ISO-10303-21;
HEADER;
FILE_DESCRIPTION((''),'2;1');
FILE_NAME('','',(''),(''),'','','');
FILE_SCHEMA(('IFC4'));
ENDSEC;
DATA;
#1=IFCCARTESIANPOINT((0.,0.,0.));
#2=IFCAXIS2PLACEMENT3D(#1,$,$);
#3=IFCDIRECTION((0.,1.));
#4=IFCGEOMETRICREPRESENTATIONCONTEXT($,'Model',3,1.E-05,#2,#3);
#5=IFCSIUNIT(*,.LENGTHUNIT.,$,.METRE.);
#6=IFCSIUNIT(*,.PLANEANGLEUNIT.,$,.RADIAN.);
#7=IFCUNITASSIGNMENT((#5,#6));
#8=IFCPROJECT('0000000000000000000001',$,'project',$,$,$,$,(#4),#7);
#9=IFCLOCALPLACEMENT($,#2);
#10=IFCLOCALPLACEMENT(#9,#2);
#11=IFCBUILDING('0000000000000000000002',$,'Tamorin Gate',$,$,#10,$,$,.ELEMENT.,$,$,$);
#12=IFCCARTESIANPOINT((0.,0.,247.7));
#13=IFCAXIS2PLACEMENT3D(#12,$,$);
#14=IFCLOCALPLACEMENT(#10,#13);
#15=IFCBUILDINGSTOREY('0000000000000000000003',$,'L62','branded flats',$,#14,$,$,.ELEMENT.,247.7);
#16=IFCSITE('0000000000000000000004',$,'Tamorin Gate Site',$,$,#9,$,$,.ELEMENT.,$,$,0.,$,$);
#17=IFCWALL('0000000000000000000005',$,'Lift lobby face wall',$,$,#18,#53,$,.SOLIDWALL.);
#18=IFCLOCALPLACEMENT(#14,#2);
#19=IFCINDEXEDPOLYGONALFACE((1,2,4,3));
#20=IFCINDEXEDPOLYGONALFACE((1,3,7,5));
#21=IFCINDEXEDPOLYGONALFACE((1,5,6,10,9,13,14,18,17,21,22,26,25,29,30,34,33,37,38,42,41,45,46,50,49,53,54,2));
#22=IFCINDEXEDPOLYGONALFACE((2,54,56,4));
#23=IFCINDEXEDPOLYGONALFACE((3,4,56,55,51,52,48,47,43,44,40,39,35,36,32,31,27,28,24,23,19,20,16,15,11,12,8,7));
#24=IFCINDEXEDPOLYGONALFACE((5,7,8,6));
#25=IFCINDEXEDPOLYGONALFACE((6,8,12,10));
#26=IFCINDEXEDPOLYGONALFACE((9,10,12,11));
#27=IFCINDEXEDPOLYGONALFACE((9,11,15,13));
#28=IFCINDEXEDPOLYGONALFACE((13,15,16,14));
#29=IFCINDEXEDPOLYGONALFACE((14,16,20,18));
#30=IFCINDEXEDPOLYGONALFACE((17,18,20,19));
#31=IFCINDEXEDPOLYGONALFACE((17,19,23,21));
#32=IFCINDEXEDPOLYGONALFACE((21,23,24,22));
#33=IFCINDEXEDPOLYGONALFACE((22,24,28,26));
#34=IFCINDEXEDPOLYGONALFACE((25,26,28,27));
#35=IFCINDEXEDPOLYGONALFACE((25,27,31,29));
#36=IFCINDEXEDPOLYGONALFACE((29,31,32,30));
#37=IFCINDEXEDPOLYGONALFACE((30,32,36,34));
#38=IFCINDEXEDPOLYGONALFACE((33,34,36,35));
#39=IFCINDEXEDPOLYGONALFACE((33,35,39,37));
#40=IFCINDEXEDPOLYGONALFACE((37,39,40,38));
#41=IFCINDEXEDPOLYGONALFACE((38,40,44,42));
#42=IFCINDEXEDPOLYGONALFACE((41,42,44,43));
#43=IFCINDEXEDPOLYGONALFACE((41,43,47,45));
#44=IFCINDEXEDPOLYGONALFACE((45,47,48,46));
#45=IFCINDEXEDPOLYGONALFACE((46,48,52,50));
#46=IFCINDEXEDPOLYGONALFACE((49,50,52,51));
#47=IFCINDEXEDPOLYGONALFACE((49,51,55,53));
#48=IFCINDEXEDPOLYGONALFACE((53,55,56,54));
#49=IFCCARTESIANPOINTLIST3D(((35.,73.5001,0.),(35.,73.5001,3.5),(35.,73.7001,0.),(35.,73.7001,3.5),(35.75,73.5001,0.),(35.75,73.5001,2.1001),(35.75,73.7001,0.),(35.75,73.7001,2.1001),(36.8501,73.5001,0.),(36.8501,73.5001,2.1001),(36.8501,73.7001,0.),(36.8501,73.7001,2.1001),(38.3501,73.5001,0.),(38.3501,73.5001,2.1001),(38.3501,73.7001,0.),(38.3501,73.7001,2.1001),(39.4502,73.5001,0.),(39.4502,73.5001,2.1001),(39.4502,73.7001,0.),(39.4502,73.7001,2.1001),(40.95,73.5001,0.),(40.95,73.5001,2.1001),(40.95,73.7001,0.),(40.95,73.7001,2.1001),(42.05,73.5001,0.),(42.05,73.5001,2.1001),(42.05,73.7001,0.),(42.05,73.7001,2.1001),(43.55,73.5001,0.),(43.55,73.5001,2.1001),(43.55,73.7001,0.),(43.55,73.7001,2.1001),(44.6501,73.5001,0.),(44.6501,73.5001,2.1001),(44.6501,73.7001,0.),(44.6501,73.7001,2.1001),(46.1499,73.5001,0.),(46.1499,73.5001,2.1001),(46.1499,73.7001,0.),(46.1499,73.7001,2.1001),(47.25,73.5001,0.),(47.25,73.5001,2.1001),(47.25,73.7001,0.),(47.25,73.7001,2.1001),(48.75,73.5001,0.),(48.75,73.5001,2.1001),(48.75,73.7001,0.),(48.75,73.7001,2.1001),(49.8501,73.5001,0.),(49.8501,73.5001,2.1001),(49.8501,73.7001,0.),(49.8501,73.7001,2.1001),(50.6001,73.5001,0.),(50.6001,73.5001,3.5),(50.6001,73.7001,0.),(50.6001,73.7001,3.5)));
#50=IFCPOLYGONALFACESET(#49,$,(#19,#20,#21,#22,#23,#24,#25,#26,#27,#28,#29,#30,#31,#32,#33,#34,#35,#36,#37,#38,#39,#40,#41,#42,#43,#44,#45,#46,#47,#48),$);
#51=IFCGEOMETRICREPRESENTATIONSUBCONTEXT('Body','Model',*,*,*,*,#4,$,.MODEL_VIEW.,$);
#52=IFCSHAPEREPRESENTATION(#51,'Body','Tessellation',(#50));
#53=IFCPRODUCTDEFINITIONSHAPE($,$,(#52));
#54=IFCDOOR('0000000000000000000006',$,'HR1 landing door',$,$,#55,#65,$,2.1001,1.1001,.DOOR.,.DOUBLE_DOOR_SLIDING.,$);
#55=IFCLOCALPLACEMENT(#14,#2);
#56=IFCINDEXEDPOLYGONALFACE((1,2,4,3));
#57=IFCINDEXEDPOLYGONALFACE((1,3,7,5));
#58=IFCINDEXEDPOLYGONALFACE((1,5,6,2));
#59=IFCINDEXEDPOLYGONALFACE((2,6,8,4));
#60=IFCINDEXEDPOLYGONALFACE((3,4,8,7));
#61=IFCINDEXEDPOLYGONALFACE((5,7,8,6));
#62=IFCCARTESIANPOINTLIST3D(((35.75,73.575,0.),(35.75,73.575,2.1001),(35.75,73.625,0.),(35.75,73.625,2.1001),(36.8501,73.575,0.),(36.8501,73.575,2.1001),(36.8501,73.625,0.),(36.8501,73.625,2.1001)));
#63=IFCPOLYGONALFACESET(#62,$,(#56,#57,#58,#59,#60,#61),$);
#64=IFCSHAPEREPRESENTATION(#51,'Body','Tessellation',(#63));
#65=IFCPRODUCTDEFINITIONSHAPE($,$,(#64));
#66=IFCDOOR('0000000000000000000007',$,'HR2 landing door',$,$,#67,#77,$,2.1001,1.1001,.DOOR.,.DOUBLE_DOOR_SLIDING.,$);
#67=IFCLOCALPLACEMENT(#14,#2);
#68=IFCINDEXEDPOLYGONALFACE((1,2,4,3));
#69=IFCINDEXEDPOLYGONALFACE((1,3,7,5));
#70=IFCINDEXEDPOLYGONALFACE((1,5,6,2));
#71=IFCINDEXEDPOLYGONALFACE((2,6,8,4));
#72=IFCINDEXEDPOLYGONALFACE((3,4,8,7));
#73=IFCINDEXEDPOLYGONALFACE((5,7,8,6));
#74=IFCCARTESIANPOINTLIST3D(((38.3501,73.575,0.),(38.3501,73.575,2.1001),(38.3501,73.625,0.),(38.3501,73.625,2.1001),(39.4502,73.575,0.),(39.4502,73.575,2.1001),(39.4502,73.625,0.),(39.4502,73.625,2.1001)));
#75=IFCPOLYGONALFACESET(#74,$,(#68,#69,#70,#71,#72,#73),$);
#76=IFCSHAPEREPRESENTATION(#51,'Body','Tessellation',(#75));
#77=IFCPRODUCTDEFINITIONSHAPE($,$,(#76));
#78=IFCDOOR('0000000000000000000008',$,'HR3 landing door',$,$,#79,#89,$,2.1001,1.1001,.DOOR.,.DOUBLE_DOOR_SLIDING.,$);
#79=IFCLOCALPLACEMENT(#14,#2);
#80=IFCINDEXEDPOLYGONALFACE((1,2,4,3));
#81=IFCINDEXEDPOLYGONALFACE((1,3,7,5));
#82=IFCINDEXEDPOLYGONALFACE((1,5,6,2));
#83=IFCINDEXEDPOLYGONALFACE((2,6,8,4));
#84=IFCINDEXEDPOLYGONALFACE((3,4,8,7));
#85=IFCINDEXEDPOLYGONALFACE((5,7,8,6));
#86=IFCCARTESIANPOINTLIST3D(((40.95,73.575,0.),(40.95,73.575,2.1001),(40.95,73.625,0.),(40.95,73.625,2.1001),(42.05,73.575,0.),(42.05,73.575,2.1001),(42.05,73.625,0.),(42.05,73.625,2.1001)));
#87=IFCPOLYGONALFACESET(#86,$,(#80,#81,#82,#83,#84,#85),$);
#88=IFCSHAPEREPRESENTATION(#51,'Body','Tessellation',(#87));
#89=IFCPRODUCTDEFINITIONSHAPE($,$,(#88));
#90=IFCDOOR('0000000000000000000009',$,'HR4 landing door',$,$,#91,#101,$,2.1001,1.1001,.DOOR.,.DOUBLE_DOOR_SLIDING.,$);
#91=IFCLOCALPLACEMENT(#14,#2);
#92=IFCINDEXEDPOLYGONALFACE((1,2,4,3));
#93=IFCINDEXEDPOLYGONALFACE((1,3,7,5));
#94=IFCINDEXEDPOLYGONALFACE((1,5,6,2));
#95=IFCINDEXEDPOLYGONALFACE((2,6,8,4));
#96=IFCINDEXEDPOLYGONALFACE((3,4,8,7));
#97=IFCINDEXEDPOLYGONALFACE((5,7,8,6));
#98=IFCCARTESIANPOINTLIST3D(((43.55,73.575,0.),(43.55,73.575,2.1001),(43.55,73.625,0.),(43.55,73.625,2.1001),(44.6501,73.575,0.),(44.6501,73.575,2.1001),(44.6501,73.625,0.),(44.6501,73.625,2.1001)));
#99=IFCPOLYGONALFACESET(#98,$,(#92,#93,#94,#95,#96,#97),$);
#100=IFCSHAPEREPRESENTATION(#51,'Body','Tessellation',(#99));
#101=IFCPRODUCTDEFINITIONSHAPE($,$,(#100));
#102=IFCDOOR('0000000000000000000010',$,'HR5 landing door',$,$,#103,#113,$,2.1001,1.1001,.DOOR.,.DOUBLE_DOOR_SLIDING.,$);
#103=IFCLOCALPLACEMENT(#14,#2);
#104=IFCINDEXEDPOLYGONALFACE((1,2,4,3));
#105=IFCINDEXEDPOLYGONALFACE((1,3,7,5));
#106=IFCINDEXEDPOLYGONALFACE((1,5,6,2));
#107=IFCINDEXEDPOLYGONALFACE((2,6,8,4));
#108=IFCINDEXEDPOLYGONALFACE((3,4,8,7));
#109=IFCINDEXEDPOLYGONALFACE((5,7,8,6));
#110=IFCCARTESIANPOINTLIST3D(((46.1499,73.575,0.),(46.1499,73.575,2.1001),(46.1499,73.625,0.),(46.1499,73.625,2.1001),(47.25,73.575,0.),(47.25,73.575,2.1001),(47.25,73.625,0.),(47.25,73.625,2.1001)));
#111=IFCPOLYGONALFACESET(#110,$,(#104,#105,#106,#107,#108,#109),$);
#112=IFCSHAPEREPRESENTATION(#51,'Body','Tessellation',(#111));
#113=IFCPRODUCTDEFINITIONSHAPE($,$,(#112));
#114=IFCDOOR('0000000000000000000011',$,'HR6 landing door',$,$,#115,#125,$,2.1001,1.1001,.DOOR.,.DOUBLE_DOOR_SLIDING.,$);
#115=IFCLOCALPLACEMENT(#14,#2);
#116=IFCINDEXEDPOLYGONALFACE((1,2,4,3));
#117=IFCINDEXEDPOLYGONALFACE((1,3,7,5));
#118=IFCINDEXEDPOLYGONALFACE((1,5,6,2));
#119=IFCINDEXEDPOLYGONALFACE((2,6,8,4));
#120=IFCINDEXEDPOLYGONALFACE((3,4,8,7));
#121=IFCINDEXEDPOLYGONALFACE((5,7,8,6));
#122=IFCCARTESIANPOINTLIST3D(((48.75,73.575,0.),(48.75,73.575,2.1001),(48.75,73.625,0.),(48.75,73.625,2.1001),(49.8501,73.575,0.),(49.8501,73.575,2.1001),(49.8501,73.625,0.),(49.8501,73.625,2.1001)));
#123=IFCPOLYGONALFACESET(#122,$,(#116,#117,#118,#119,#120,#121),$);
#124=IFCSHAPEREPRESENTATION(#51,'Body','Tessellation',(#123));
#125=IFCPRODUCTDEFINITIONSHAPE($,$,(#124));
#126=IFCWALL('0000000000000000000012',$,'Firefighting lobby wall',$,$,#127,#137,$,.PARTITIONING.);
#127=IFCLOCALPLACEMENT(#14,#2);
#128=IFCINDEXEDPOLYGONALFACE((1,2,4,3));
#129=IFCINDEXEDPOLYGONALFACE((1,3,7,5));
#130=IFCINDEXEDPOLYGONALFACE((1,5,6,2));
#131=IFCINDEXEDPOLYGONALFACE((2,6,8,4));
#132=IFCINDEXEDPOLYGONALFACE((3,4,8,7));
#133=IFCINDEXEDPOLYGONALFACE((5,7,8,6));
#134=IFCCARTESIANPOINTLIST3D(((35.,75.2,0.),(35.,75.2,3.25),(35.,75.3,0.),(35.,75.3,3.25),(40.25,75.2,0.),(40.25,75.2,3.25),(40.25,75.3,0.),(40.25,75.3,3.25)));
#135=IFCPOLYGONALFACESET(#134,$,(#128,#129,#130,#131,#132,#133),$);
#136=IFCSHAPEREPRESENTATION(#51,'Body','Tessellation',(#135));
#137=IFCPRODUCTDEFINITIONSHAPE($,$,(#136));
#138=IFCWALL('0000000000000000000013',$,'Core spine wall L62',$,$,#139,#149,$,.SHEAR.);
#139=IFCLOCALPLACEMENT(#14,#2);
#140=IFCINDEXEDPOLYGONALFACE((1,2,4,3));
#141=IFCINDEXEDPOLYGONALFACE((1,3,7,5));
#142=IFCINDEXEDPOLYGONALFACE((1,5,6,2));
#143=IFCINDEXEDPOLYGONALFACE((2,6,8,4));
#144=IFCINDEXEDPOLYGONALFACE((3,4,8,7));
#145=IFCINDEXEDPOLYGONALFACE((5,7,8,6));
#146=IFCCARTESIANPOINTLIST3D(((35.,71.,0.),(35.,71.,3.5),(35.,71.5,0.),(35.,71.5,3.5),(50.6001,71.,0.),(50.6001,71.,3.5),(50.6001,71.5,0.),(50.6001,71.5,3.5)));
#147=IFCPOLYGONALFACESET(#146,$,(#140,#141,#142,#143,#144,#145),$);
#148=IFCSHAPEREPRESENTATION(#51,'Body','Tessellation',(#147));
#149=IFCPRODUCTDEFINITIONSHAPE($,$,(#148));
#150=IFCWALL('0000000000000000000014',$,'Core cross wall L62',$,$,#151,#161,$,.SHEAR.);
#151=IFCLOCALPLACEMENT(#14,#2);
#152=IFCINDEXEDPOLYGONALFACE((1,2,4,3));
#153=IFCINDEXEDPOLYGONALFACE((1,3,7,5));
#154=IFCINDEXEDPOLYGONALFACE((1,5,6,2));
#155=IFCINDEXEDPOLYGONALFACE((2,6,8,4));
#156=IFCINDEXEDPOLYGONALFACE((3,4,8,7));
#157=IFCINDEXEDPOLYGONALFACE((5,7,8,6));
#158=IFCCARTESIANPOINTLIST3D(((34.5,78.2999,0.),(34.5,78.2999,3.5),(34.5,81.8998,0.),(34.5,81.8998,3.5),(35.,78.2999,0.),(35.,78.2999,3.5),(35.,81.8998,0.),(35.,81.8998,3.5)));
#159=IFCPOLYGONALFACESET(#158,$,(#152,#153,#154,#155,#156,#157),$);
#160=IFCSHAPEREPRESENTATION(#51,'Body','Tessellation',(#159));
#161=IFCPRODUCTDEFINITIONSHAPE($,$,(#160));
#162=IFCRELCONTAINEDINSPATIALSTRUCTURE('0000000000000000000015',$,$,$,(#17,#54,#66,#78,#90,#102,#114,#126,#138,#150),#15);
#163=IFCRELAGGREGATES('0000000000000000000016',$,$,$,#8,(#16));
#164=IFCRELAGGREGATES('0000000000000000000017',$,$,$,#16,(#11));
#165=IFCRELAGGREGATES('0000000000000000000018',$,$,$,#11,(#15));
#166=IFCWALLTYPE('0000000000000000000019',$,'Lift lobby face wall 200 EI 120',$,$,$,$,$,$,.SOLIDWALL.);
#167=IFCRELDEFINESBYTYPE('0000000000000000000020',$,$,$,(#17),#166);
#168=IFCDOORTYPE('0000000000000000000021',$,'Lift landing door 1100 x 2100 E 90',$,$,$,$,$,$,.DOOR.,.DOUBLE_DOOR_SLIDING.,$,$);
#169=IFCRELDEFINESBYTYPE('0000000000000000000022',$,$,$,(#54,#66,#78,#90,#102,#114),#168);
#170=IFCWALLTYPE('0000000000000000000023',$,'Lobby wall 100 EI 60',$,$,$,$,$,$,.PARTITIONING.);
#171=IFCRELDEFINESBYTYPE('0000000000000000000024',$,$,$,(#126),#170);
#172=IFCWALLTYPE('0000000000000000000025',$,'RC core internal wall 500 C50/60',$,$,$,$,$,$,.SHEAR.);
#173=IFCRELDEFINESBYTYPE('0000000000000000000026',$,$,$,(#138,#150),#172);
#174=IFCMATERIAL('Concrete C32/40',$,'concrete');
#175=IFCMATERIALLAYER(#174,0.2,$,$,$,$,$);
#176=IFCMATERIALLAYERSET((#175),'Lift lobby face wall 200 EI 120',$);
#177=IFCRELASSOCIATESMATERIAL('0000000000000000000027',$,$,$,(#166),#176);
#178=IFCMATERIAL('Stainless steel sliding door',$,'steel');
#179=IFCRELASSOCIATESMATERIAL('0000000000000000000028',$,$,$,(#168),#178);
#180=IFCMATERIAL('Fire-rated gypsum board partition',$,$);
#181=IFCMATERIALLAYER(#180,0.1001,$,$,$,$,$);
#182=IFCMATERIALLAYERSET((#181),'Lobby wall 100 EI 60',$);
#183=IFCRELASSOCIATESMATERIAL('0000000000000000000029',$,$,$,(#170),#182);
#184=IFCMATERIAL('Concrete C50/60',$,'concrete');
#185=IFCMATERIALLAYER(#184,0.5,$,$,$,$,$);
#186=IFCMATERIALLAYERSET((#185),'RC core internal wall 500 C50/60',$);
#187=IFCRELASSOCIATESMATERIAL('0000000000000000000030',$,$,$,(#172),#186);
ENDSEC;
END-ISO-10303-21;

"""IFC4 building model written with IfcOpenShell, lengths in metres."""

from ifc_helpers import new_model, si_unit, direction, frame, frame_2d, origin, place, context, subcontext, project, spatial, rectangle, extrude, material, layer, layer_set, type_object, element, fill, save


model = new_model("IFC4")

# Units and contexts
model_context = context("Model", 3, precision=1e-05, world=origin(), true_north=direction((0.0, 1.0)))
body_context = subcontext(model_context, "Body", "Model", "MODEL_VIEW")
ifc_project = project(units=[si_unit("LENGTHUNIT", "METRE"), si_unit("PLANEANGLEUNIT", "RADIAN")], contexts=[model_context])

# Site, building, storey
site_placement = place(None, origin())
site = spatial("IfcSite", under=ifc_project, at=site_placement, Name="Tamorin Gate Site", CompositionType="ELEMENT", RefElevation=0.0)
building_placement = place(site_placement, origin())
building = spatial("IfcBuilding", under=site, at=building_placement, Name="Tamorin Gate", CompositionType="ELEMENT")
storey_placement = place(building_placement, frame((0.0, 0.0, 247.7)))
storey = spatial("IfcBuildingStorey", under=building, at=storey_placement, Name="L62", Description="branded flats", CompositionType="ELEMENT", Elevation=247.7)

# Wall, openings, doors
ifc_material_1 = material(Name="Concrete C32/40", Category="concrete")
ifc_layer_1 = layer(ifc_material_1, 0.2)
ifc_layer_set_1 = layer_set([ifc_layer_1], Name="Lift lobby face wall 200 EI 120")
wall_type_1 = type_object("IfcWallType", Name="Lift lobby face wall 200 EI 120", PredefinedType="SOLIDWALL", material=ifc_layer_set_1)
wall_1_placement = place(storey_placement, frame((35.0, 73.6001, 0.0), z_axis=(0.0, 0.0, 1.0), x_axis=(1.0, 0.0, 0.0)))
wall_1 = element("IfcWall", 1, at=wall_1_placement, inside=storey, type_object=wall_type_1, Name="Lift lobby face wall", PredefinedType="SOLIDWALL", context=body_context, shape_type="SweptSolid", body=[
    extrude(rectangle(XDim=15.6001, YDim=0.2, at=frame_2d((7.8, 0.0))), origin(), (0.0, 0.0, 1.0), 3.5),
])
opening_1_placement = place(wall_1_placement, frame((0.75, 0.0, 0.0)))
opening_1 = element("IfcOpeningElement", 2, at=opening_1_placement, cuts=wall_1, PredefinedType="OPENING", context=body_context, shape_type="SweptSolid", body=[
    extrude(rectangle(XDim=1.1001, YDim=2.1001, at=frame_2d((0.55, 1.05))), frame((0.0, 0.1099, 0.0), z_axis=(0.0, -1.0, 0.0), x_axis=(1.0, 0.0, 0.0)), (0.0, 0.0, 1.0), 0.22),
])
opening_2_placement = place(wall_1_placement, frame((3.3501, 0.0, 0.0)))
opening_2 = element("IfcOpeningElement", 3, at=opening_2_placement, cuts=wall_1, PredefinedType="OPENING", context=body_context, shape_type="SweptSolid", body=[
    extrude(rectangle(XDim=1.1001, YDim=2.1001, at=frame_2d((0.55, 1.05))), frame((0.0, 0.1099, 0.0), z_axis=(0.0, -1.0, 0.0), x_axis=(1.0, 0.0, 0.0)), (0.0, 0.0, 1.0), 0.22),
])
opening_3_placement = place(wall_1_placement, frame((5.95, 0.0, 0.0)))
opening_3 = element("IfcOpeningElement", 4, at=opening_3_placement, cuts=wall_1, PredefinedType="OPENING", context=body_context, shape_type="SweptSolid", body=[
    extrude(rectangle(XDim=1.1001, YDim=2.1001, at=frame_2d((0.55, 1.05))), frame((0.0, 0.1099, 0.0), z_axis=(0.0, -1.0, 0.0), x_axis=(1.0, 0.0, 0.0)), (0.0, 0.0, 1.0), 0.22),
])
opening_4_placement = place(wall_1_placement, frame((8.55, 0.0, 0.0)))
opening_4 = element("IfcOpeningElement", 5, at=opening_4_placement, cuts=wall_1, PredefinedType="OPENING", context=body_context, shape_type="SweptSolid", body=[
    extrude(rectangle(XDim=1.1001, YDim=2.1001, at=frame_2d((0.55, 1.05))), frame((0.0, 0.1099, 0.0), z_axis=(0.0, -1.0, 0.0), x_axis=(1.0, 0.0, 0.0)), (0.0, 0.0, 1.0), 0.22),
])
opening_5_placement = place(wall_1_placement, frame((11.1499, 0.0, 0.0)))
opening_5 = element("IfcOpeningElement", 6, at=opening_5_placement, cuts=wall_1, PredefinedType="OPENING", context=body_context, shape_type="SweptSolid", body=[
    extrude(rectangle(XDim=1.1001, YDim=2.1001, at=frame_2d((0.55, 1.05))), frame((0.0, 0.1099, 0.0), z_axis=(0.0, -1.0, 0.0), x_axis=(1.0, 0.0, 0.0)), (0.0, 0.0, 1.0), 0.22),
])
opening_6_placement = place(wall_1_placement, frame((13.75, 0.0, 0.0)))
opening_6 = element("IfcOpeningElement", 7, at=opening_6_placement, cuts=wall_1, PredefinedType="OPENING", context=body_context, shape_type="SweptSolid", body=[
    extrude(rectangle(XDim=1.1001, YDim=2.1001, at=frame_2d((0.55, 1.05))), frame((0.0, 0.1099, 0.0), z_axis=(0.0, -1.0, 0.0), x_axis=(1.0, 0.0, 0.0)), (0.0, 0.0, 1.0), 0.22),
])
ifc_material_2 = material(Name="Stainless steel sliding door", Category="steel")
door_type_1 = type_object("IfcDoorType", Name="Lift landing door 1100 x 2100 E 90", OperationType="DOUBLE_DOOR_SLIDING", PredefinedType="DOOR", material=ifc_material_2)
door_1_placement = place(opening_1_placement, origin())
door_1 = element("IfcDoor", 8, at=door_1_placement, inside=storey, type_object=door_type_1, Name="HR1 landing door", OperationType="DOUBLE_DOOR_SLIDING", OverallHeight=2.1001, OverallWidth=1.1001, PredefinedType="DOOR", context=body_context, shape_type="SweptSolid", body=[
    extrude(rectangle(XDim=1.1001, YDim=2.1001, at=frame_2d((0.55, 1.05))), frame((0.0, 0.0249, 0.0), z_axis=(0.0, -1.0, 0.0), x_axis=(1.0, 0.0, 0.0)), (0.0, 0.0, 1.0), 0.05),
])
fill(opening_1, door_1)
door_2_placement = place(opening_2_placement, origin())
door_2 = element("IfcDoor", 9, at=door_2_placement, inside=storey, type_object=door_type_1, Name="HR2 landing door", OperationType="DOUBLE_DOOR_SLIDING", OverallHeight=2.1001, OverallWidth=1.1001, PredefinedType="DOOR", context=body_context, shape_type="SweptSolid", body=[
    extrude(rectangle(XDim=1.1001, YDim=2.1001, at=frame_2d((0.55, 1.05))), frame((0.0, 0.0249, 0.0), z_axis=(0.0, -1.0, 0.0), x_axis=(1.0, 0.0, 0.0)), (0.0, 0.0, 1.0), 0.05),
])
fill(opening_2, door_2)
door_3_placement = place(opening_3_placement, origin())
door_3 = element("IfcDoor", 10, at=door_3_placement, inside=storey, type_object=door_type_1, Name="HR3 landing door", OperationType="DOUBLE_DOOR_SLIDING", OverallHeight=2.1001, OverallWidth=1.1001, PredefinedType="DOOR", context=body_context, shape_type="SweptSolid", body=[
    extrude(rectangle(XDim=1.1001, YDim=2.1001, at=frame_2d((0.55, 1.05))), frame((0.0, 0.0249, 0.0), z_axis=(0.0, -1.0, 0.0), x_axis=(1.0, 0.0, 0.0)), (0.0, 0.0, 1.0), 0.05),
])
fill(opening_3, door_3)
door_4_placement = place(opening_4_placement, origin())
door_4 = element("IfcDoor", 11, at=door_4_placement, inside=storey, type_object=door_type_1, Name="HR4 landing door", OperationType="DOUBLE_DOOR_SLIDING", OverallHeight=2.1001, OverallWidth=1.1001, PredefinedType="DOOR", context=body_context, shape_type="SweptSolid", body=[
    extrude(rectangle(XDim=1.1001, YDim=2.1001, at=frame_2d((0.55, 1.05))), frame((0.0, 0.0249, 0.0), z_axis=(0.0, -1.0, 0.0), x_axis=(1.0, 0.0, 0.0)), (0.0, 0.0, 1.0), 0.05),
])
fill(opening_4, door_4)
door_5_placement = place(opening_5_placement, origin())
door_5 = element("IfcDoor", 12, at=door_5_placement, inside=storey, type_object=door_type_1, Name="HR5 landing door", OperationType="DOUBLE_DOOR_SLIDING", OverallHeight=2.1001, OverallWidth=1.1001, PredefinedType="DOOR", context=body_context, shape_type="SweptSolid", body=[
    extrude(rectangle(XDim=1.1001, YDim=2.1001, at=frame_2d((0.55, 1.05))), frame((0.0, 0.0249, 0.0), z_axis=(0.0, -1.0, 0.0), x_axis=(1.0, 0.0, 0.0)), (0.0, 0.0, 1.0), 0.05),
])
fill(opening_5, door_5)
door_6_placement = place(opening_6_placement, origin())
door_6 = element("IfcDoor", 13, at=door_6_placement, inside=storey, type_object=door_type_1, Name="HR6 landing door", OperationType="DOUBLE_DOOR_SLIDING", OverallHeight=2.1001, OverallWidth=1.1001, PredefinedType="DOOR", context=body_context, shape_type="SweptSolid", body=[
    extrude(rectangle(XDim=1.1001, YDim=2.1001, at=frame_2d((0.55, 1.05))), frame((0.0, 0.0249, 0.0), z_axis=(0.0, -1.0, 0.0), x_axis=(1.0, 0.0, 0.0)), (0.0, 0.0, 1.0), 0.05),
])
fill(opening_6, door_6)

# Walls
ifc_material_3 = material(Name="Fire-rated gypsum board partition")
ifc_layer_2 = layer(ifc_material_3, 0.1001)
ifc_layer_set_2 = layer_set([ifc_layer_2], Name="Lobby wall 100 EI 60")
wall_type_2 = type_object("IfcWallType", Name="Lobby wall 100 EI 60", PredefinedType="PARTITIONING", material=ifc_layer_set_2)
wall_2_placement = place(storey_placement, frame((35.0, 75.25, 0.0), z_axis=(0.0, 0.0, 1.0), x_axis=(1.0, 0.0, 0.0)))
element("IfcWall", 14, at=wall_2_placement, inside=storey, type_object=wall_type_2, Name="Firefighting lobby wall", PredefinedType="PARTITIONING", context=body_context, shape_type="SweptSolid", body=[
    extrude(rectangle(XDim=5.25, YDim=0.1001, at=frame_2d((2.625, 0.0))), origin(), (0.0, 0.0, 1.0), 3.25),
])
ifc_material_4 = material(Name="Concrete C50/60", Category="concrete")
ifc_layer_3 = layer(ifc_material_4, 0.5)
ifc_layer_set_3 = layer_set([ifc_layer_3], Name="RC core internal wall 500 C50/60")
wall_type_3 = type_object("IfcWallType", Name="RC core internal wall 500 C50/60", PredefinedType="SHEAR", material=ifc_layer_set_3)
wall_3_placement = place(storey_placement, frame((35.0, 71.25, 0.0), z_axis=(0.0, 0.0, 1.0), x_axis=(1.0, 0.0, 0.0)))
element("IfcWall", 15, at=wall_3_placement, inside=storey, type_object=wall_type_3, Name="Core spine wall L62", PredefinedType="SHEAR", context=body_context, shape_type="SweptSolid", body=[
    extrude(rectangle(XDim=15.6001, YDim=0.5, at=frame_2d((7.8, 0.0))), origin(), (0.0, 0.0, 1.0), 3.5),
])
wall_4_placement = place(storey_placement, frame((34.75, 78.3, 0.0), z_axis=(0.0, 0.0, 1.0), x_axis=(0.0, 1.0, 0.0)))
element("IfcWall", 16, at=wall_4_placement, inside=storey, type_object=wall_type_3, Name="Core cross wall L62", PredefinedType="SHEAR", context=body_context, shape_type="SweptSolid", body=[
    extrude(rectangle(XDim=3.5999, YDim=0.5, at=frame_2d((1.7998, 0.0))), origin(), (0.0, 0.0, 1.0), 3.5),
])

save(model, "model.ifc")
